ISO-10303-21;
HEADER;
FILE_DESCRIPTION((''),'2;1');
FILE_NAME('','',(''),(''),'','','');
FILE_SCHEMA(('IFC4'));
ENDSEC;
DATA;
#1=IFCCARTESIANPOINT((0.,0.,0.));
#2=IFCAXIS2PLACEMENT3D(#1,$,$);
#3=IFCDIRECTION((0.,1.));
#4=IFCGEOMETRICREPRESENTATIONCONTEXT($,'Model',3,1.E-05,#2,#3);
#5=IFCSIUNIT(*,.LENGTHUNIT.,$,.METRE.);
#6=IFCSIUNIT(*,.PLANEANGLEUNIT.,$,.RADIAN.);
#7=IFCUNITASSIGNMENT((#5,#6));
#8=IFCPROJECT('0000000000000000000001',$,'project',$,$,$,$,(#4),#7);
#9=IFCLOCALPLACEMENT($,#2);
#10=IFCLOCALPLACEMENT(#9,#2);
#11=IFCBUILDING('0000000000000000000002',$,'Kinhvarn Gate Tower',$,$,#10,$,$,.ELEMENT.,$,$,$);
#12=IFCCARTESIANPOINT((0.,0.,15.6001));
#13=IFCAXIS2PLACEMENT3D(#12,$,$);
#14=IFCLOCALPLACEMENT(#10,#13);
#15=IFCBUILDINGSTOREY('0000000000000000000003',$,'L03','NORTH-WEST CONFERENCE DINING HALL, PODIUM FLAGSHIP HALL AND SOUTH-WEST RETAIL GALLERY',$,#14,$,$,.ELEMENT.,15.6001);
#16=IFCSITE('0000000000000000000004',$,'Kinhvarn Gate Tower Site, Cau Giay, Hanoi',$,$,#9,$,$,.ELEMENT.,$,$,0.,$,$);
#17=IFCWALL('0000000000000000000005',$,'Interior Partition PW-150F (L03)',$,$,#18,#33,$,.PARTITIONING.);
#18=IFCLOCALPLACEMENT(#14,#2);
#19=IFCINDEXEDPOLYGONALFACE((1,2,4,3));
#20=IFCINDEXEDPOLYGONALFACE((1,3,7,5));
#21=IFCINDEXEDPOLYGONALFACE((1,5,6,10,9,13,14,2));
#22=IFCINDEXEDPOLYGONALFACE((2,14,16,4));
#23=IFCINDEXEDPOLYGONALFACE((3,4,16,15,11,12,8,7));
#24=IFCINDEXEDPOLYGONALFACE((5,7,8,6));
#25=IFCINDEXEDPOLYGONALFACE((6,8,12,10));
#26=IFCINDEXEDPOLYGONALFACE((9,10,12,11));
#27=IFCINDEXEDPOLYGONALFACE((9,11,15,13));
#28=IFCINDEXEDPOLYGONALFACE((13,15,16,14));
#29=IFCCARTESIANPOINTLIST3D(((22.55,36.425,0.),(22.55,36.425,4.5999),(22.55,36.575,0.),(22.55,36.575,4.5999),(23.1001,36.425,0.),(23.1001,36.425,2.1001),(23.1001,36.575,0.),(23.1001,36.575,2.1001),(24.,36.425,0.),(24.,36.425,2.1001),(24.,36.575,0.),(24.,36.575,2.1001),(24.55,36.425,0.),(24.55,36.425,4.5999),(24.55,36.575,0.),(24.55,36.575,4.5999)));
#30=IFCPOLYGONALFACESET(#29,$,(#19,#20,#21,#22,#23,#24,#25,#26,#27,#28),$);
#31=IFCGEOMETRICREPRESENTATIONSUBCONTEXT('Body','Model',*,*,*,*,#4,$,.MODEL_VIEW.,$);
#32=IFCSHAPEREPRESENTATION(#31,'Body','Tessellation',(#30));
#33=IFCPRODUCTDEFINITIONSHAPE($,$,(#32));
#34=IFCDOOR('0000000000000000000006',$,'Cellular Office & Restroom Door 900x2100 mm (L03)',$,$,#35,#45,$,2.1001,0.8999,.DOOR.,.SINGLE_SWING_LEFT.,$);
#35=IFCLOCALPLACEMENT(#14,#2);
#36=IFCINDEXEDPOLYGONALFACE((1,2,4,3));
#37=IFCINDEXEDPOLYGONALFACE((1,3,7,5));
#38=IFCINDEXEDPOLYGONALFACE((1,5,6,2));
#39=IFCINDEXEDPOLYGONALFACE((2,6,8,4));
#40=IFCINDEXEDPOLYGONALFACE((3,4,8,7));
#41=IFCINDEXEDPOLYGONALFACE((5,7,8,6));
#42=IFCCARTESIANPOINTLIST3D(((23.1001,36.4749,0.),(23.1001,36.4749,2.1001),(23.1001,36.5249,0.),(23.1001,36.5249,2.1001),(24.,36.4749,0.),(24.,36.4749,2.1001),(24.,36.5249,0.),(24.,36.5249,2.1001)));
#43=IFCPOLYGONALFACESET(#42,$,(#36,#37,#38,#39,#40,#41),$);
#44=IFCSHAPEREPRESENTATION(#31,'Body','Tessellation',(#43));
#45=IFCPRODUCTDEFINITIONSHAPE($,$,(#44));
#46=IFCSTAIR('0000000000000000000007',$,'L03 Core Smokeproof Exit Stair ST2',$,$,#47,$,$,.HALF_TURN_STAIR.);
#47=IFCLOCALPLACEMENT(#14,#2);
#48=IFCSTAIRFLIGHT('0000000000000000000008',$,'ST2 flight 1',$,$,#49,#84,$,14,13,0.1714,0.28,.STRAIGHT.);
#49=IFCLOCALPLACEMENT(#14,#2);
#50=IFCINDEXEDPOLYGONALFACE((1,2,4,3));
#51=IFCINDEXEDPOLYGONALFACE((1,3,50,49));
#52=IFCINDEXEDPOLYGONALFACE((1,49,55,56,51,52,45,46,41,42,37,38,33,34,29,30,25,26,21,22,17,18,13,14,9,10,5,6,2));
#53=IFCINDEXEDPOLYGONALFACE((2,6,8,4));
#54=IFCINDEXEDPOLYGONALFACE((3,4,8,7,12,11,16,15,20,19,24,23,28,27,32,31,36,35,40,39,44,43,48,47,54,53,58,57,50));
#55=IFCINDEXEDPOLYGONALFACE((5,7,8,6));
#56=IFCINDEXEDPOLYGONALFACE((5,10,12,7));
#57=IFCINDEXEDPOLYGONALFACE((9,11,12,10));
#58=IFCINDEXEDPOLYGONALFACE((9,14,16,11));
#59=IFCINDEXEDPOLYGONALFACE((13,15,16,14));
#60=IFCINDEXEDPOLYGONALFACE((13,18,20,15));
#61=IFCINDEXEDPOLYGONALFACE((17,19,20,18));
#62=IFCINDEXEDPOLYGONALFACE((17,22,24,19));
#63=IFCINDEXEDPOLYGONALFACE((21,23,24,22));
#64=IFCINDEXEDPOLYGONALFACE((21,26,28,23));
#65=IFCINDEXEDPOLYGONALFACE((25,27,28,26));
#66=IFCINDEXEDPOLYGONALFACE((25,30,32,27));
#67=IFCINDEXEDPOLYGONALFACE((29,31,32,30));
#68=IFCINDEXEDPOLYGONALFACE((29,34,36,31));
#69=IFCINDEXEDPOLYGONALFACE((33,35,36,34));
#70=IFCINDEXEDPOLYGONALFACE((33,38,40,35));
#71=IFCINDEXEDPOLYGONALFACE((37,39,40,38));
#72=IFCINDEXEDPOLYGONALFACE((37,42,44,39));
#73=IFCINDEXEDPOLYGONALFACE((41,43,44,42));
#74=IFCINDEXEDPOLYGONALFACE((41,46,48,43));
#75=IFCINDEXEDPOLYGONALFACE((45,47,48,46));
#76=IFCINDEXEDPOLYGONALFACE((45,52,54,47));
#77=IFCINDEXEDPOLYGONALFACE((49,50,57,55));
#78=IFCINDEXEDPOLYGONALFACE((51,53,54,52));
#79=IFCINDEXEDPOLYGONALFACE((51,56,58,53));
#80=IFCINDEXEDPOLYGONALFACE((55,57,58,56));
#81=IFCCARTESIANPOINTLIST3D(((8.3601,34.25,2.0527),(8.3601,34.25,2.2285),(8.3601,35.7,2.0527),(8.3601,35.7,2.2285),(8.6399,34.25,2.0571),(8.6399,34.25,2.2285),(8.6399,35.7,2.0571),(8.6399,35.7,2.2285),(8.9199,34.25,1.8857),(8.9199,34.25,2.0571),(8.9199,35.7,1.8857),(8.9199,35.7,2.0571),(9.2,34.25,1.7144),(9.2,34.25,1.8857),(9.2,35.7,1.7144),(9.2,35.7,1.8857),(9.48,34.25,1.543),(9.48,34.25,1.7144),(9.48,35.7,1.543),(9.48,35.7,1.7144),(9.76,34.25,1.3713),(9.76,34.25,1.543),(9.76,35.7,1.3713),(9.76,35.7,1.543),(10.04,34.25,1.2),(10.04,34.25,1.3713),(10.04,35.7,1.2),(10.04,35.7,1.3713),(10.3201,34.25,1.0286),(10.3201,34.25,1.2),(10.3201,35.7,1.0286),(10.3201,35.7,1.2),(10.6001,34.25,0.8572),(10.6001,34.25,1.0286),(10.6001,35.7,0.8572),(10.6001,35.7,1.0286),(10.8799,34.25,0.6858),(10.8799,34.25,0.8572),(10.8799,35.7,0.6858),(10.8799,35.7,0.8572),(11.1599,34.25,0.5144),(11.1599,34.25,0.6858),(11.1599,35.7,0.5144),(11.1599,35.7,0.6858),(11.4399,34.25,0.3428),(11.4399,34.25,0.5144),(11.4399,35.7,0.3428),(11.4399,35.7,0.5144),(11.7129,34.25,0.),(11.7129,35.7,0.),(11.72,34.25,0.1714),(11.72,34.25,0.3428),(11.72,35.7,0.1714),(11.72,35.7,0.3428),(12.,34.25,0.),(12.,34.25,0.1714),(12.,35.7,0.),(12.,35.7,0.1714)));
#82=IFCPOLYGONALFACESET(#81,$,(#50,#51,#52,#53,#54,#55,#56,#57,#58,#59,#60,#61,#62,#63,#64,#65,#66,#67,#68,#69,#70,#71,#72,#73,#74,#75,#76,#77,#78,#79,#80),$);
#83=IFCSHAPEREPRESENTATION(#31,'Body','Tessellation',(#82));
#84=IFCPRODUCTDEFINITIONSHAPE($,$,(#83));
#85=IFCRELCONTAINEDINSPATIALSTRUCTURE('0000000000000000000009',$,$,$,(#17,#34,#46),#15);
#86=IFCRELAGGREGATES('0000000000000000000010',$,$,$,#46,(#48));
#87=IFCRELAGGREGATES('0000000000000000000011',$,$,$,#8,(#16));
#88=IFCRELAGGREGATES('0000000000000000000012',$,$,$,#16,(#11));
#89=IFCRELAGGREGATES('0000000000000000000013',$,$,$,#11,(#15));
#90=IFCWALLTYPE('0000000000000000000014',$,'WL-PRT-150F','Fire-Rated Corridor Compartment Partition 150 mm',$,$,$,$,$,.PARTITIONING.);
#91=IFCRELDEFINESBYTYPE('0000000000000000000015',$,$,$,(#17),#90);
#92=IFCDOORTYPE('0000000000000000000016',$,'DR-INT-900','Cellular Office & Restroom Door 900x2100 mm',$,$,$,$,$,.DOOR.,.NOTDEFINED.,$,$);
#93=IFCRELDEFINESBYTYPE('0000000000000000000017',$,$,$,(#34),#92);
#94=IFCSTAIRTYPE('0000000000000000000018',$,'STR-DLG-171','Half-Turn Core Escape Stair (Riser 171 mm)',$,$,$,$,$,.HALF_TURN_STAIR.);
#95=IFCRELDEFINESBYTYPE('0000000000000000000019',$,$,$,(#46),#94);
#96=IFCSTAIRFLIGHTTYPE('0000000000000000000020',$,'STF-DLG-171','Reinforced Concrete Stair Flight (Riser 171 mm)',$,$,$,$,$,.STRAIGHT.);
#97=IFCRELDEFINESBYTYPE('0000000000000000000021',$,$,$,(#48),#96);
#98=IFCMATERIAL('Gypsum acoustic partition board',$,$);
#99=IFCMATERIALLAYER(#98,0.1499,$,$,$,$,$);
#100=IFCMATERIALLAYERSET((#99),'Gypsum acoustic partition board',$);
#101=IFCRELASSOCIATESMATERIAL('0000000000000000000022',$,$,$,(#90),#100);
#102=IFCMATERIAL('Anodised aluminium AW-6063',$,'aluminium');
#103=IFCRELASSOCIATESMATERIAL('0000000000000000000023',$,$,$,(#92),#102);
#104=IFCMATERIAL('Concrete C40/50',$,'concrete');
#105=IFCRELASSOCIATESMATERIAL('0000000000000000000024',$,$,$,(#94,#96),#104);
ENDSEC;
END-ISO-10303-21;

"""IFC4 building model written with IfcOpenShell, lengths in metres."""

from ifc_helpers import new_model, si_unit, direction, frame, frame_2d, origin, place, context, subcontext, project, spatial, polyline, rectangle, outline, extrude, material, layer, layer_set, type_object, element, fill, aggregate, save


model = new_model("IFC4")

# Units and contexts
model_context = context("Model", 3, precision=1e-05, world=origin(), true_north=direction((0.0, 1.0)))
body_context = subcontext(model_context, "Body", "Model", "MODEL_VIEW")
ifc_project = project(units=[si_unit("LENGTHUNIT", "METRE"), si_unit("PLANEANGLEUNIT", "RADIAN")], contexts=[model_context])

# Site, building, storey
site_placement = place(None, origin())
site = spatial("IfcSite", under=ifc_project, at=site_placement, Name="Kinhvarn Gate Tower Site, Cau Giay, Hanoi", CompositionType="ELEMENT", RefElevation=0.0)
building_placement = place(site_placement, origin())
building = spatial("IfcBuilding", under=site, at=building_placement, Name="Kinhvarn Gate Tower", CompositionType="ELEMENT")
storey_placement = place(building_placement, frame((0.0, 0.0, 15.6001)))
storey = spatial("IfcBuildingStorey", under=building, at=storey_placement, Name="L03", Description="NORTH-WEST CONFERENCE DINING HALL, PODIUM FLAGSHIP HALL AND SOUTH-WEST RETAIL GALLERY", CompositionType="ELEMENT", Elevation=15.6001)

# Shared definitions
ifc_material_1 = material(Name="Anodised aluminium AW-6063", Category="aluminium")

# Shared definitions
ifc_material_2 = material(Name="Gypsum acoustic partition board")
ifc_layer_1 = layer(ifc_material_2, 0.1499)
ifc_layer_set_1 = layer_set([ifc_layer_1], Name="Gypsum acoustic partition board")
wall_type_1 = type_object("IfcWallType", Name="WL-PRT-150F", Description="Fire-Rated Corridor Compartment Partition 150 mm", PredefinedType="PARTITIONING", material=ifc_layer_set_1)

# Wall, opening, door
wall_1_placement = place(storey_placement, frame((22.55, 36.5, 0.0), z_axis=(0.0, 0.0, 1.0), x_axis=(1.0, 0.0, 0.0)))
wall_1 = element("IfcWall", 1, at=wall_1_placement, inside=storey, type_object=wall_type_1, Name="Interior Partition PW-150F (L03)", PredefinedType="PARTITIONING", context=body_context, shape_type="SweptSolid", body=[
    extrude(rectangle(XDim=2.0, YDim=0.1499, at=frame_2d((1.0, 0.0))), origin(), (0.0, 0.0, 1.0), 4.5999),
])
opening_placement = place(wall_1_placement, frame((0.55, 0.0, 0.0)))
opening = element("IfcOpeningElement", 2, at=opening_placement, cuts=wall_1, PredefinedType="OPENING", context=body_context, shape_type="SweptSolid", body=[
    extrude(rectangle(XDim=0.8999, YDim=2.1001, at=frame_2d((0.45, 1.05))), frame((0.0, 0.085, 0.0), z_axis=(0.0, -1.0, 0.0), x_axis=(1.0, 0.0, 0.0)), (0.0, 0.0, 1.0), 0.1699),
])
door_type = type_object("IfcDoorType", Name="DR-INT-900", Description="Cellular Office & Restroom Door 900x2100 mm", OperationType="NOTDEFINED", PredefinedType="DOOR", material=ifc_material_1)
door_placement = place(opening_placement, origin())
door = element("IfcDoor", 3, at=door_placement, inside=storey, type_object=door_type, Name="Cellular Office & Restroom Door 900x2100 mm (L03)", OperationType="SINGLE_SWING_LEFT", OverallHeight=2.1001, OverallWidth=0.8999, PredefinedType="DOOR", context=body_context, shape_type="SweptSolid", body=[
    extrude(rectangle(XDim=0.8999, YDim=2.1001, at=frame_2d((0.45, 1.05))), frame((0.0, 0.0249, 0.0), z_axis=(0.0, -1.0, 0.0), x_axis=(1.0, 0.0, 0.0)), (0.0, 0.0, 1.0), 0.05),
])
fill(opening, door)

# Stair, stair flight
ifc_material_3 = material(Name="Concrete C40/50", Category="concrete")
stair_type = type_object("IfcStairType", Name="STR-DLG-171", Description="Half-Turn Core Escape Stair (Riser 171 mm)", PredefinedType="HALF_TURN_STAIR", material=ifc_material_3)
stair_placement = place(storey_placement, origin())
stair = element("IfcStair", 4, at=stair_placement, inside=storey, type_object=stair_type, Name="L03 Core Smokeproof Exit Stair ST2", PredefinedType="HALF_TURN_STAIR")
stair_flight_type = type_object("IfcStairFlightType", Name="STF-DLG-171", Description="Reinforced Concrete Stair Flight (Riser 171 mm)", PredefinedType="STRAIGHT", material=ifc_material_3)
stair_flight_placement = place(storey_placement, frame((12.0, 34.9751, 0.0), z_axis=(0.0, 0.0, 1.0), x_axis=(-1.0, 0.0, 0.0)))
stair_flight = element("IfcStairFlight", 5, at=stair_flight_placement, type_object=stair_flight_type, Name="ST2 flight 1", NumberOfRisers=14, NumberOfTreads=13, PredefinedType="STRAIGHT", RiserHeight=0.1714, TreadLength=0.28, context=body_context, shape_type="SweptSolid", body=[
    extrude(outline(polyline([(0.0, 0.0), (0.0, 0.1714), (0.28, 0.1714), (0.28, 0.3428), (0.5601, 0.3428), (0.5601, 0.5144), (0.8401, 0.5144), (0.8401, 0.6858), (1.1201, 0.6858), (1.1201, 0.8572), (1.3999, 0.8572), (1.3999, 1.0286), (1.6799, 1.0286), (1.6799, 1.2), (1.96, 1.2), (1.96, 1.3713), (2.24, 1.3713), (2.24, 1.543), (2.52, 1.543), (2.52, 1.7144), (2.8, 1.7144), (2.8, 1.8857), (3.0801, 1.8857), (3.0801, 2.0571), (3.3601, 2.0571), (3.3601, 2.2285), (3.6399, 2.2285), (3.6399, 2.3999), (3.6399, 2.0527), (0.2871, 0.0), (0.0, 0.0)])), frame((0.0, 0.7251, 0.0), z_axis=(0.0, -1.0, 0.0), x_axis=(1.0, 0.0, 0.0)), (0.0, 0.0, 1.0), 1.45),
])
aggregate(stair, [stair_flight])

save(model, "model.ifc")
